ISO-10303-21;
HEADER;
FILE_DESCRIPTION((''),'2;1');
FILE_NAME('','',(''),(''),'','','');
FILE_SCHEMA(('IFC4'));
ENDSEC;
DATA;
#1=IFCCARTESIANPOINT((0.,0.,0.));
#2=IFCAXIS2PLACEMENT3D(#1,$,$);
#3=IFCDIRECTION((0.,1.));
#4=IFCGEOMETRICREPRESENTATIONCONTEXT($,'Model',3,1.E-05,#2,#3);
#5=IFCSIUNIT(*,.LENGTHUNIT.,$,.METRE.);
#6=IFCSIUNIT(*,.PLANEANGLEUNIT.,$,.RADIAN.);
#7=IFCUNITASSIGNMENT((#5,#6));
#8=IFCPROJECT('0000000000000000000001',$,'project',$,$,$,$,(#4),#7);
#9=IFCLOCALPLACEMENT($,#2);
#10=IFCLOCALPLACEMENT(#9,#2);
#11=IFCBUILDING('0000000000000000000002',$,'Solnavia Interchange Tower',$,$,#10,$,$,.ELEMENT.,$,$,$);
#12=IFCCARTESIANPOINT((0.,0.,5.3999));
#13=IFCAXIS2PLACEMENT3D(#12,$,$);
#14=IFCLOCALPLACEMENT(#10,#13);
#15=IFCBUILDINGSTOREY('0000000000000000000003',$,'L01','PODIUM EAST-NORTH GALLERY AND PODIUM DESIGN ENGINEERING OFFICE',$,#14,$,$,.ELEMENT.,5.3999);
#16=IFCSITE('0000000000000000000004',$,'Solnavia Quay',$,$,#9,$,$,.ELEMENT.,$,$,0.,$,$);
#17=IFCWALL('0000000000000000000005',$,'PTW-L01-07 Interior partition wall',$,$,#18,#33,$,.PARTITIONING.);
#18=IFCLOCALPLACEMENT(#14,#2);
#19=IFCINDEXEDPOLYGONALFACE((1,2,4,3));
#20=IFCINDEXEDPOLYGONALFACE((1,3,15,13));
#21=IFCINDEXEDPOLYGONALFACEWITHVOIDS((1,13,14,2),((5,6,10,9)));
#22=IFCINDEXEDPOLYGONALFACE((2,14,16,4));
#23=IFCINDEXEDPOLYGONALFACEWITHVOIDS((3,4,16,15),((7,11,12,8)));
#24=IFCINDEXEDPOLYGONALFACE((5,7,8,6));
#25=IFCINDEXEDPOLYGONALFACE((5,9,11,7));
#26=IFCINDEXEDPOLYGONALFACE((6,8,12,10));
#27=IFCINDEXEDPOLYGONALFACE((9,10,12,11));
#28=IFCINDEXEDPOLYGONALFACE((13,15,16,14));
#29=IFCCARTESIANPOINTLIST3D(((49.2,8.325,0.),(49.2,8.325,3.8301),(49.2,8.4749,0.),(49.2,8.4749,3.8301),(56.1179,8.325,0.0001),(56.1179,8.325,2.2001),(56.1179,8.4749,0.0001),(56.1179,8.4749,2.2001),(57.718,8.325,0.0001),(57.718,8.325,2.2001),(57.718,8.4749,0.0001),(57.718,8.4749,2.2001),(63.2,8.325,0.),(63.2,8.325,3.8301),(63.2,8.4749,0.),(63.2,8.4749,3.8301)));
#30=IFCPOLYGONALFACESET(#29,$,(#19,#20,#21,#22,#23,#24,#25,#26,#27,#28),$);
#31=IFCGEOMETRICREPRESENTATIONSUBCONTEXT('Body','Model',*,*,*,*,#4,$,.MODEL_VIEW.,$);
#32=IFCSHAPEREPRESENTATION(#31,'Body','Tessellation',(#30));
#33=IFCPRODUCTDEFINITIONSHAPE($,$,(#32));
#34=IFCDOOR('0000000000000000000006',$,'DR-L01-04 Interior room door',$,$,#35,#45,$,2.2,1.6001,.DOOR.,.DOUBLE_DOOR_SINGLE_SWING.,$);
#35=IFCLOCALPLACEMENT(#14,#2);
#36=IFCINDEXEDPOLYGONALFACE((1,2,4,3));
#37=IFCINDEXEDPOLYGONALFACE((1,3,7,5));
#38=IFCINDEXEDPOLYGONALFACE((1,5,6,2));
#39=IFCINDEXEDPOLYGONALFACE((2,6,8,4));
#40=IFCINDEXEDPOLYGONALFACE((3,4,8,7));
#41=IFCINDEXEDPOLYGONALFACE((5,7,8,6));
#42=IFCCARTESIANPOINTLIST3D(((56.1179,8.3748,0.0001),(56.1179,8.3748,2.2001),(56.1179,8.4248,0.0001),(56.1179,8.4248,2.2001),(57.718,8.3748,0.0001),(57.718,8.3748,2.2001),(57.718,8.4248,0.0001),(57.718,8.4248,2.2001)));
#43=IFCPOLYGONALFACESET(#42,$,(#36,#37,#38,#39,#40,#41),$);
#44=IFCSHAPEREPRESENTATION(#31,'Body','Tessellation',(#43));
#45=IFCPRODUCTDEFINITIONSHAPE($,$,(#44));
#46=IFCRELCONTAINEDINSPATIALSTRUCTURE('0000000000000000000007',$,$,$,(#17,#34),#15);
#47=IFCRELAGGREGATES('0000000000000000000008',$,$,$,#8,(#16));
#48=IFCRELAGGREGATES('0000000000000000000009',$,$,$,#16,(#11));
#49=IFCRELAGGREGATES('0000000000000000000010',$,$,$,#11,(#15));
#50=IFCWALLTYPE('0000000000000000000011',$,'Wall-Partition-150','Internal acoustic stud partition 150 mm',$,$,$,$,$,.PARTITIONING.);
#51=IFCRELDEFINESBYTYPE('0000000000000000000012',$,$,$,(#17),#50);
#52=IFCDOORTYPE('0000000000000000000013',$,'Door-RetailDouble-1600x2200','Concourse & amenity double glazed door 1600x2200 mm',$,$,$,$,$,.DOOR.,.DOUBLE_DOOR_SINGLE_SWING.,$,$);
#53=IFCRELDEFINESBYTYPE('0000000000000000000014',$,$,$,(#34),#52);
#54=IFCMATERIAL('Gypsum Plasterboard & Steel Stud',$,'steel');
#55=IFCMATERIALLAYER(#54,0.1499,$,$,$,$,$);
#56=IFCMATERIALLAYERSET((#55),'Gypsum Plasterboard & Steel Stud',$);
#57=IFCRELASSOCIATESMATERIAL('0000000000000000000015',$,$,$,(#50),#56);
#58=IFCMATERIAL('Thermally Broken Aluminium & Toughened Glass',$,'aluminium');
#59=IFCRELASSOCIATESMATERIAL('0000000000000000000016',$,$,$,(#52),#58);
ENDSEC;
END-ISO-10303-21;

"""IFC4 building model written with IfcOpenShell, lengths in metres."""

from ifc_helpers import new_model, si_unit, direction, frame, frame_2d, origin, place, context, subcontext, project, spatial, rectangle, extrude, material, layer, layer_set, type_object, element, fill, save


model = new_model("IFC4")

# Units and contexts
model_context = context("Model", 3, precision=1e-05, world=origin(), true_north=direction((0.0, 1.0)))
body_context = subcontext(model_context, "Body", "Model", "MODEL_VIEW")
ifc_project = project(units=[si_unit("LENGTHUNIT", "METRE"), si_unit("PLANEANGLEUNIT", "RADIAN")], contexts=[model_context])

# Site, building, storey
site_placement = place(None, origin())
site = spatial("IfcSite", under=ifc_project, at=site_placement, Name="Solnavia Quay", CompositionType="ELEMENT", RefElevation=0.0)
building_placement = place(site_placement, origin())
building = spatial("IfcBuilding", under=site, at=building_placement, Name="Solnavia Interchange Tower", CompositionType="ELEMENT")
storey_placement = place(building_placement, frame((0.0, 0.0, 5.3999)))
storey = spatial("IfcBuildingStorey", under=building, at=storey_placement, Name="L01", Description="PODIUM EAST-NORTH GALLERY AND PODIUM DESIGN ENGINEERING OFFICE", CompositionType="ELEMENT", Elevation=5.3999)

# Shared definitions
ifc_material_1 = material(Name="Gypsum Plasterboard & Steel Stud", Category="steel")
ifc_layer_1 = layer(ifc_material_1, 0.1499)
ifc_layer_set_1 = layer_set([ifc_layer_1], Name="Gypsum Plasterboard & Steel Stud")
wall_type_1 = type_object("IfcWallType", Name="Wall-Partition-150", Description="Internal acoustic stud partition 150 mm", PredefinedType="PARTITIONING", material=ifc_layer_set_1)

# Wall, opening, door
wall_1_placement = place(storey_placement, frame((49.2, 8.3999, 0.0), z_axis=(0.0, 0.0, 1.0), x_axis=(1.0, 0.0, 0.0)))
wall_1 = element("IfcWall", 1, at=wall_1_placement, inside=storey, type_object=wall_type_1, Name="PTW-L01-07 Interior partition wall", PredefinedType="PARTITIONING", context=body_context, shape_type="SweptSolid", body=[
    extrude(rectangle(XDim=14.0, YDim=0.1499, at=frame_2d((7.0, 0.0))), origin(), (0.0, 0.0, 1.0), 3.8301),
])
opening_placement = place(wall_1_placement, frame((6.918, 0.0, 0.0)))
opening = element("IfcOpeningElement", 2, at=opening_placement, cuts=wall_1, PredefinedType="OPENING", context=body_context, shape_type="SweptSolid", body=[
    extrude(rectangle(XDim=1.6001, YDim=2.2, at=frame_2d((0.8, 1.1001))), frame((0.0, 0.085, 0.0), z_axis=(0.0, -1.0, 0.0), x_axis=(1.0, 0.0, 0.0)), (0.0, 0.0, 1.0), 0.1699),
])
ifc_material_2 = material(Name="Thermally Broken Aluminium & Toughened Glass", Category="aluminium")
door_type = type_object("IfcDoorType", Name="Door-RetailDouble-1600x2200", Description="Concourse & amenity double glazed door 1600x2200 mm", OperationType="DOUBLE_DOOR_SINGLE_SWING", PredefinedType="DOOR", material=ifc_material_2)
door_placement = place(opening_placement, origin())
door = element("IfcDoor", 3, at=door_placement, inside=storey, type_object=door_type, Name="DR-L01-04 Interior room door", OperationType="DOUBLE_DOOR_SINGLE_SWING", OverallHeight=2.2, OverallWidth=1.6001, PredefinedType="DOOR", context=body_context, shape_type="SweptSolid", body=[
    extrude(rectangle(XDim=1.6001, YDim=2.2, at=frame_2d((0.8, 1.1001))), frame((0.0, 0.0249, 0.0), z_axis=(0.0, -1.0, 0.0), x_axis=(1.0, 0.0, 0.0)), (0.0, 0.0, 1.0), 0.05),
])
fill(opening, door)

save(model, "model.ifc")
